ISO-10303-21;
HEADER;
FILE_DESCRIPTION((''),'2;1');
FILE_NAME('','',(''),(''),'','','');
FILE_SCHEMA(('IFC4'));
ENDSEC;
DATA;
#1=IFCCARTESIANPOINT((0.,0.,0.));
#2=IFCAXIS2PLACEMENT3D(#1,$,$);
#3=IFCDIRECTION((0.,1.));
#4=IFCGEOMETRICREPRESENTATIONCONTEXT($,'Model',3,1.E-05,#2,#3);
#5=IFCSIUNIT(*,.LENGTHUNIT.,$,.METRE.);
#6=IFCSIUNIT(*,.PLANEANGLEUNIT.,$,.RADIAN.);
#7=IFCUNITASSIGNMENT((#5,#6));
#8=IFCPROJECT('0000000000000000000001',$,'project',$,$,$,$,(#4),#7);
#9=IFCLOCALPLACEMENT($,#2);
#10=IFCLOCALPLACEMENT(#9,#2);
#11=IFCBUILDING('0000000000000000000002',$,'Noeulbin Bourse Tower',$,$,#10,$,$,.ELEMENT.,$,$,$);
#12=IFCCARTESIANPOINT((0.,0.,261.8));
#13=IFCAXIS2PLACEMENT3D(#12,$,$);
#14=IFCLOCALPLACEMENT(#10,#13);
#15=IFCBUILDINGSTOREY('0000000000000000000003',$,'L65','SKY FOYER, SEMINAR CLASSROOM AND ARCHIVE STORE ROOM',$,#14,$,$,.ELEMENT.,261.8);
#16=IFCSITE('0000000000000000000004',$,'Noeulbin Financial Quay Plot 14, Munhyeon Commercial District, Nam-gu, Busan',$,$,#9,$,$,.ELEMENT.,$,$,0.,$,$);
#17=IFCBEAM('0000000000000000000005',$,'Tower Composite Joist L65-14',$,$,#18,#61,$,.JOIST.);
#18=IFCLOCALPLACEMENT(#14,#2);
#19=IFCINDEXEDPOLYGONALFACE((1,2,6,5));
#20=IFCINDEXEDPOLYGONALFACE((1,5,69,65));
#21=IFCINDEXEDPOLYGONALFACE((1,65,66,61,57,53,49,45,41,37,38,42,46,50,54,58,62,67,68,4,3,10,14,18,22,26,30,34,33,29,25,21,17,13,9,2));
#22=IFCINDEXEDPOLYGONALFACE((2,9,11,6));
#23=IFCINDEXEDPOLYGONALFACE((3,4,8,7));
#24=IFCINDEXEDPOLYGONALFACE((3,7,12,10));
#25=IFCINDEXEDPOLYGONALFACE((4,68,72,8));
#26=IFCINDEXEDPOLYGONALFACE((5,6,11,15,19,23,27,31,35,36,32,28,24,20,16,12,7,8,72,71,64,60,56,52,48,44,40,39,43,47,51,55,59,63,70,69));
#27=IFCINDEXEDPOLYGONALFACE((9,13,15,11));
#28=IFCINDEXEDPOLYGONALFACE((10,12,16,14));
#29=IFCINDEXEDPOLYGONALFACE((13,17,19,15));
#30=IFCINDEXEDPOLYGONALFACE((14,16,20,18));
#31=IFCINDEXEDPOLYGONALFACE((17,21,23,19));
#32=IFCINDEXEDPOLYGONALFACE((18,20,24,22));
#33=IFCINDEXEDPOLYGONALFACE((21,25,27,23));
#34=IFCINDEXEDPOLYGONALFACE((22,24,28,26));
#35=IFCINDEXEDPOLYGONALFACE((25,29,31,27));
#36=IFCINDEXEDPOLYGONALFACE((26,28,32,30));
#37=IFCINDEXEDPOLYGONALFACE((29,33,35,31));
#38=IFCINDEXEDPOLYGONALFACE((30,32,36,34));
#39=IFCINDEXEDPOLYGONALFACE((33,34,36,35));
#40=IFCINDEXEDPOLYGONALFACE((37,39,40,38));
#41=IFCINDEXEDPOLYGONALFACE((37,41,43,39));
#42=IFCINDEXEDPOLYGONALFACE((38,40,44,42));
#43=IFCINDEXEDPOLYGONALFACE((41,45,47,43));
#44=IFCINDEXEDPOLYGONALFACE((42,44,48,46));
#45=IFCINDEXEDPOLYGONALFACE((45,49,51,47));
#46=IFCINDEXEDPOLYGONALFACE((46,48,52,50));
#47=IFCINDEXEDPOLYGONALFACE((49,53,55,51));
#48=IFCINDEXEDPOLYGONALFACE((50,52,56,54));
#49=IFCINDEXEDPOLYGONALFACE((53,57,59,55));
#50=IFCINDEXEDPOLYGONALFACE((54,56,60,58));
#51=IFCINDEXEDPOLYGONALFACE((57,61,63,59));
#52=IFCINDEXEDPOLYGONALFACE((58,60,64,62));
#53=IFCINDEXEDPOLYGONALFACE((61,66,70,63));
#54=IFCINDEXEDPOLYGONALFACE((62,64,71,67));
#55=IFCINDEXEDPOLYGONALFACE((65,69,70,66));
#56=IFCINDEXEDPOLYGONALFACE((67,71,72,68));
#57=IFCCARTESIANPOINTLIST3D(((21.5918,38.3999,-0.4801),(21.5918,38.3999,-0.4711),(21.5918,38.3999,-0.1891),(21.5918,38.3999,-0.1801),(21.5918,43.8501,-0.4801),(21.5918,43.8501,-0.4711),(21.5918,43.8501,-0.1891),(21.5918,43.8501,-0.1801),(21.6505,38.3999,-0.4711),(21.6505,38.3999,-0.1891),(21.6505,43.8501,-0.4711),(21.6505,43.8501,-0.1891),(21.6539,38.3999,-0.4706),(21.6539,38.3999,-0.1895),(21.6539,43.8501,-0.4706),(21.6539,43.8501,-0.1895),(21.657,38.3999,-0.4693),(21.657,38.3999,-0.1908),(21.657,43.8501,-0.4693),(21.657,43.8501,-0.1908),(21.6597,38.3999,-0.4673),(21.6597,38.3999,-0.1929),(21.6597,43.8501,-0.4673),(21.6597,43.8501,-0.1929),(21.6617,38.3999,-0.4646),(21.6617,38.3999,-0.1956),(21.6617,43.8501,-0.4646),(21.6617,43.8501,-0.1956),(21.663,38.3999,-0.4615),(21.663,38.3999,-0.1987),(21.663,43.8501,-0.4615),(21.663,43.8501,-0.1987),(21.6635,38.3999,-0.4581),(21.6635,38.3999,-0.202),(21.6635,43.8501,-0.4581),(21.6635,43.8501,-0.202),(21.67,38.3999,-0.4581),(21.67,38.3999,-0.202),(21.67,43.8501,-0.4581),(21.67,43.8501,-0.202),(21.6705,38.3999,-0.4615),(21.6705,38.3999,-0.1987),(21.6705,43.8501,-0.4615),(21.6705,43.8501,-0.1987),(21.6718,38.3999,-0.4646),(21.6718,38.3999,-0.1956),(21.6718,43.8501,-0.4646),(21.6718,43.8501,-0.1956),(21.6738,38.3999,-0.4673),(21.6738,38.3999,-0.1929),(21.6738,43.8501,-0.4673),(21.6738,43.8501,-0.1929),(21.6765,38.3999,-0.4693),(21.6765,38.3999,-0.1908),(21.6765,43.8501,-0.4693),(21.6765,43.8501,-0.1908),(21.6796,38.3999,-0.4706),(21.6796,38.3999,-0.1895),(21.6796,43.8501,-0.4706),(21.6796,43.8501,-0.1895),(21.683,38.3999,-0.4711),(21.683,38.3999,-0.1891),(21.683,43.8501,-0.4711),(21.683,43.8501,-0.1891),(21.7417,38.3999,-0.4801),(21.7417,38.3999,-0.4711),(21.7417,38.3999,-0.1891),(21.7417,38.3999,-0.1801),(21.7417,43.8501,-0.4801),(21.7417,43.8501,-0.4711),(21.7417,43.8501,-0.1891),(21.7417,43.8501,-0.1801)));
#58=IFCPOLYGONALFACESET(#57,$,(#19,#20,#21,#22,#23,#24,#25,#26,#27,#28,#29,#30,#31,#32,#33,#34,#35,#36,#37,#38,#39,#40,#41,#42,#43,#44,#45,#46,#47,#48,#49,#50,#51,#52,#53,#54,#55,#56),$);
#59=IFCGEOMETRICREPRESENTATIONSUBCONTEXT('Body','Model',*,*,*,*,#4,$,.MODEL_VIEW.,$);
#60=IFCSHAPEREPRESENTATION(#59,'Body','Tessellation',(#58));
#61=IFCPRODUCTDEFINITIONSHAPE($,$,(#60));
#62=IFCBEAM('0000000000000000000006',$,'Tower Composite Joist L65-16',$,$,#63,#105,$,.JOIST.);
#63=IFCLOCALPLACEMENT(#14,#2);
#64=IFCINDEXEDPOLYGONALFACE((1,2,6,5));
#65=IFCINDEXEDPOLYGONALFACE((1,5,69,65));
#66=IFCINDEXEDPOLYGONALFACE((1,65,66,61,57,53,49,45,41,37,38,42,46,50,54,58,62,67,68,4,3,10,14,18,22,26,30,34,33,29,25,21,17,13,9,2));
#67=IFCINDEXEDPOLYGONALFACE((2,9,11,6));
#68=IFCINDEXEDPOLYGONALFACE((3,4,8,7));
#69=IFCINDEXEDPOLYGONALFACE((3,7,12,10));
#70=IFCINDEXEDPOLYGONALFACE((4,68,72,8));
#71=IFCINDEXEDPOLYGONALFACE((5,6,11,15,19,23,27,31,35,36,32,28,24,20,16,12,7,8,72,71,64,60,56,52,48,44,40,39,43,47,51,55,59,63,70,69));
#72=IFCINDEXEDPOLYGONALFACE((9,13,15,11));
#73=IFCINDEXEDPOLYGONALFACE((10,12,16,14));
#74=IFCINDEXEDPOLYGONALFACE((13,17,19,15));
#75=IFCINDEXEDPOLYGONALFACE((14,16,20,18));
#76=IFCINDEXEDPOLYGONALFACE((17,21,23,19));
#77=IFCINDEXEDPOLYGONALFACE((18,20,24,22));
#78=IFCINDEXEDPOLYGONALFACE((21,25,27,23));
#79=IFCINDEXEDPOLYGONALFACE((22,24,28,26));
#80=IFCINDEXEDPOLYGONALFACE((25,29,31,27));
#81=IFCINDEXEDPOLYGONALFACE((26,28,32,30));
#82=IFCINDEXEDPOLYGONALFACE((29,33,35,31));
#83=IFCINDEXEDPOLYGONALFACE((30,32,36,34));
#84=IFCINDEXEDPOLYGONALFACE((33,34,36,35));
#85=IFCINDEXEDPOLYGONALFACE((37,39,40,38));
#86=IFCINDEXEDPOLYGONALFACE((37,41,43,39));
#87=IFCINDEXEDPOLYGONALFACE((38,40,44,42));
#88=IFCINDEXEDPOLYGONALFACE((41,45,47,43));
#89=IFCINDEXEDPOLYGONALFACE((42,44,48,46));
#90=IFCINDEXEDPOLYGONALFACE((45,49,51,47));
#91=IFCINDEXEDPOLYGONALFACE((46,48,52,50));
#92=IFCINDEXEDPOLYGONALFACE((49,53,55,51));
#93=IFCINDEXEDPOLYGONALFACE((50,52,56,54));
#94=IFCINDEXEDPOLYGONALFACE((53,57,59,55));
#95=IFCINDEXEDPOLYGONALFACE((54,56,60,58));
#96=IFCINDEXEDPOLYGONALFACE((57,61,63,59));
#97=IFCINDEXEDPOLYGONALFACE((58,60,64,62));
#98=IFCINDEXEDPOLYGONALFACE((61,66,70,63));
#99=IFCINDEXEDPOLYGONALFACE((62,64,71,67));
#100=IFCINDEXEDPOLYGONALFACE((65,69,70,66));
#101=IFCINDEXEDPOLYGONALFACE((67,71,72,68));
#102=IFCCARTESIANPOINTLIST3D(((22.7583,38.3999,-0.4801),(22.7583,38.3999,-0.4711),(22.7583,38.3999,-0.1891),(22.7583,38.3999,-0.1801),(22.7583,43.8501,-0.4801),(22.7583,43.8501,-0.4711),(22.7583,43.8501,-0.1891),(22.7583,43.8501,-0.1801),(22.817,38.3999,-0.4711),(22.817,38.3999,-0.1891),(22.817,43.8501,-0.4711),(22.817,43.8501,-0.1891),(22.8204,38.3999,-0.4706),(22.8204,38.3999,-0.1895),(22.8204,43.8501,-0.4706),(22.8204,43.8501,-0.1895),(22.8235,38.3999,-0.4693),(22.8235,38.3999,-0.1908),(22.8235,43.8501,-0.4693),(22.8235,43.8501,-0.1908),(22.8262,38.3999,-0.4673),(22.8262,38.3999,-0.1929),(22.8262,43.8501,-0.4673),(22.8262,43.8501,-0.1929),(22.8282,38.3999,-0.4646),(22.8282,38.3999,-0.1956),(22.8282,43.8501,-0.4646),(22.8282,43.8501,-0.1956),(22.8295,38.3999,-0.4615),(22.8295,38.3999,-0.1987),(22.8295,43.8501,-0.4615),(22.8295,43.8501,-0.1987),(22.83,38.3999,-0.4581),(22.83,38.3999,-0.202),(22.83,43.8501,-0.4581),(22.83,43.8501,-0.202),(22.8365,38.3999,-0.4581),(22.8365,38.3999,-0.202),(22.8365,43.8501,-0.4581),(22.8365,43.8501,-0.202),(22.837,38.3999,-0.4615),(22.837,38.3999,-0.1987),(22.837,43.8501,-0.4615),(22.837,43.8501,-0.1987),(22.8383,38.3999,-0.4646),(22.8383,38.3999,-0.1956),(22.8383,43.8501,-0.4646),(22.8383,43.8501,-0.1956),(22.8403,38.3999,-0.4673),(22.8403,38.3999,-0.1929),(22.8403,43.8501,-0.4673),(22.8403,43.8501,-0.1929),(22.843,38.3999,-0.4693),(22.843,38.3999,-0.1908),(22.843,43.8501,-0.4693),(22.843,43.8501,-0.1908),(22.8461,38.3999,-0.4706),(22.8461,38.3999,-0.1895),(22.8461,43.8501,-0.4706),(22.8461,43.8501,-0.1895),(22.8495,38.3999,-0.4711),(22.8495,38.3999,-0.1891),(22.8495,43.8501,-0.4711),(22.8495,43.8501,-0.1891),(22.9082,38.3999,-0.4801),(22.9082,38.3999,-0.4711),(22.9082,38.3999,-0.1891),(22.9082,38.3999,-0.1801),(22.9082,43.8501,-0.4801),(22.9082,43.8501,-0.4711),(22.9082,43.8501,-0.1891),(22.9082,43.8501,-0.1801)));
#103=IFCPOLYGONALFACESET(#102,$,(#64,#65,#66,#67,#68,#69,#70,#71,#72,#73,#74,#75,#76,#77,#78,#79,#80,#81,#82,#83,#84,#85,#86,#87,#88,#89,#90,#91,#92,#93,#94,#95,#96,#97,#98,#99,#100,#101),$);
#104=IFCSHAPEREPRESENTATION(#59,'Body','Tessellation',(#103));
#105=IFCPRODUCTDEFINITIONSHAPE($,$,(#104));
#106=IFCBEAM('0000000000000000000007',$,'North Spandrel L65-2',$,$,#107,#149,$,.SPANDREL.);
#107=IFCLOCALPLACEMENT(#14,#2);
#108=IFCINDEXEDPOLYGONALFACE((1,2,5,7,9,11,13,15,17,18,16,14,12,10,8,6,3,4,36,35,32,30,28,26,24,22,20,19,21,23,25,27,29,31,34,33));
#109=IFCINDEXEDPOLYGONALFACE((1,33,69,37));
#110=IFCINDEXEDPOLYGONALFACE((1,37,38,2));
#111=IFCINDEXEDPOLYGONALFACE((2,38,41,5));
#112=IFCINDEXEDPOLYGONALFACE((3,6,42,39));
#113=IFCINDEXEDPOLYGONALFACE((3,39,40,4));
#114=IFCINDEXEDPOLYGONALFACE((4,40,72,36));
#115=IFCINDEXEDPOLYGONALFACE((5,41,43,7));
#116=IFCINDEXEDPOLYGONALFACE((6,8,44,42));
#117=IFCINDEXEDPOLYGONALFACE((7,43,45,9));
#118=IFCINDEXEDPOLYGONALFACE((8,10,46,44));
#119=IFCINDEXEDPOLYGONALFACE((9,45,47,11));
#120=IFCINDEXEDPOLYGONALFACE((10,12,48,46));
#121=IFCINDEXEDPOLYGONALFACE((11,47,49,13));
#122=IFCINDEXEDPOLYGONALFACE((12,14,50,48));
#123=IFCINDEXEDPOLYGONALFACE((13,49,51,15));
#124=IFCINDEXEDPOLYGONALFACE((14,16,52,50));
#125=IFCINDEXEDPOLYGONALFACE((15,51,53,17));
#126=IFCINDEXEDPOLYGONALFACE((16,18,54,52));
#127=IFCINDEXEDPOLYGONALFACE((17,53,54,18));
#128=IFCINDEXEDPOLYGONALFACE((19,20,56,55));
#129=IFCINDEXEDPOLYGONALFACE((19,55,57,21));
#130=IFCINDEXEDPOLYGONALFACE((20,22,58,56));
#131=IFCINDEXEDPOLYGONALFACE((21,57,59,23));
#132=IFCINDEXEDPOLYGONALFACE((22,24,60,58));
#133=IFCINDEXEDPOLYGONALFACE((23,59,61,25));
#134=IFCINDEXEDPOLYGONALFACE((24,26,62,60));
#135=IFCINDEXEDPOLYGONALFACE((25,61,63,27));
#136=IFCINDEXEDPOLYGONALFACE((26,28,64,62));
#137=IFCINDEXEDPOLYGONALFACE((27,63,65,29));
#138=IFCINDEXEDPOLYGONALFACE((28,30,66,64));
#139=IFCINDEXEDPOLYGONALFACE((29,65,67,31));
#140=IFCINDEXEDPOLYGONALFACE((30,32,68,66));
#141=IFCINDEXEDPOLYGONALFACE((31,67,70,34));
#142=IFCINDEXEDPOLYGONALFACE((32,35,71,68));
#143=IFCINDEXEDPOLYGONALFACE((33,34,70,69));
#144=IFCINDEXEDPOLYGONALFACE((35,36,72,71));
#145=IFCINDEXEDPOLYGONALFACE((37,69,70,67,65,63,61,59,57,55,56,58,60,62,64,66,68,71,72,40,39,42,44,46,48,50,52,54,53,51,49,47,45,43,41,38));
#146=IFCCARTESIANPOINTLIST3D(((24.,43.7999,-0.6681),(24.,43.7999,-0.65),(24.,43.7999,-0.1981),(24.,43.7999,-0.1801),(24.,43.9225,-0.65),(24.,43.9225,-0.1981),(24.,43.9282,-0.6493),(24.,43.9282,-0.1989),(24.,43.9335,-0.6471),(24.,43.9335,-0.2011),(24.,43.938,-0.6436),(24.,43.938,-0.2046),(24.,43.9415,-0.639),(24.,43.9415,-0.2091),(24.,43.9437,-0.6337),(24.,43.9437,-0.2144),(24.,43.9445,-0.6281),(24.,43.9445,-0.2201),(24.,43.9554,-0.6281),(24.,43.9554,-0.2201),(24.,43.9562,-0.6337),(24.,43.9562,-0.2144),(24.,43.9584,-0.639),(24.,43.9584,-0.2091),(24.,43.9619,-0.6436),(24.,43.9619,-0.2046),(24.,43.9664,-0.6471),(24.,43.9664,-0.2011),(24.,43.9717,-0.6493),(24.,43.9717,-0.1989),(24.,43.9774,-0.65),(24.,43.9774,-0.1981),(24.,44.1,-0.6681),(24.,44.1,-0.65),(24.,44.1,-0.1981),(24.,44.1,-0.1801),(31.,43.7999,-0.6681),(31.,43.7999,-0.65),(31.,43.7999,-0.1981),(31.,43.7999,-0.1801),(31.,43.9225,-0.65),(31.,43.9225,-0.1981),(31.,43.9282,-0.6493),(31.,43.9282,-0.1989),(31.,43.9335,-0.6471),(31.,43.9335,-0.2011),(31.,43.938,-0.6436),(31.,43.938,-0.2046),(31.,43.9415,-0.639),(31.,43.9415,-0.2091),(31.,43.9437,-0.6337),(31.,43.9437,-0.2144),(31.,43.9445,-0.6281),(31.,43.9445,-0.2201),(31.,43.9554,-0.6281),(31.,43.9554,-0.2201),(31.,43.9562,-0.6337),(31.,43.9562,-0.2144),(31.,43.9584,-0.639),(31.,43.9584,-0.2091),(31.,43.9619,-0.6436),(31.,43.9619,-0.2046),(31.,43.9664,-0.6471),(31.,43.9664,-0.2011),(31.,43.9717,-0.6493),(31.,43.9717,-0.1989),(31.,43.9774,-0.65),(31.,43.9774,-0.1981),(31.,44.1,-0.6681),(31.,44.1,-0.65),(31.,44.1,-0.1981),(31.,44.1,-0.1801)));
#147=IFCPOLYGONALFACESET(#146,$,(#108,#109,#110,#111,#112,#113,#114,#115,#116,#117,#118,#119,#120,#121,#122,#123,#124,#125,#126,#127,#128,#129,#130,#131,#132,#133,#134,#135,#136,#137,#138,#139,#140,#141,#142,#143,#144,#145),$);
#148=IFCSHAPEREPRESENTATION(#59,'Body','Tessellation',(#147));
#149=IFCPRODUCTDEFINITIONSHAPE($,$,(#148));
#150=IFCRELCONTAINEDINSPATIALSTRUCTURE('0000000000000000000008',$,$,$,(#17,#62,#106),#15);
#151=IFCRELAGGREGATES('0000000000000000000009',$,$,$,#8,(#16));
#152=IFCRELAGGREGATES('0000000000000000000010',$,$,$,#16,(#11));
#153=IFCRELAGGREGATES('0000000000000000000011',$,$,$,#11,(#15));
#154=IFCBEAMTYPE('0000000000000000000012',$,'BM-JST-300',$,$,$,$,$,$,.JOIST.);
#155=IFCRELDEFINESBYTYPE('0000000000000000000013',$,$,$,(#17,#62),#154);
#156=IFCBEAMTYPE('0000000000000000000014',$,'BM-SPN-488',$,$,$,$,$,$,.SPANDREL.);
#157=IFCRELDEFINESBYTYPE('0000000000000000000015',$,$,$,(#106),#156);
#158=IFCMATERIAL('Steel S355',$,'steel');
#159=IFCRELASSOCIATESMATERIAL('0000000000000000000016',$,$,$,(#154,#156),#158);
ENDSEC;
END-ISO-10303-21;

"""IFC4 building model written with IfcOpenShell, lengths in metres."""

from ifc_helpers import new_model, si_unit, direction, frame, origin, origin_2d, place, context, subcontext, project, spatial, i_section, extrude, material, material_profile, profile_set, type_object, element, save


model = new_model("IFC4")

# Units and contexts
model_context = context("Model", 3, precision=1e-05, world=origin(), true_north=direction((0.0, 1.0)))
body_context = subcontext(model_context, "Body", "Model", "MODEL_VIEW")
ifc_project = project(units=[si_unit("LENGTHUNIT", "METRE"), si_unit("PLANEANGLEUNIT", "RADIAN")], contexts=[model_context])

# Site, building, storey
site_placement = place(None, origin())
site = spatial("IfcSite", under=ifc_project, at=site_placement, Name="Noeulbin Financial Quay Plot 14, Munhyeon Commercial District, Nam-gu, Busan", CompositionType="ELEMENT", RefElevation=0.0)
building_placement = place(site_placement, origin())
building = spatial("IfcBuilding", under=site, at=building_placement, Name="Noeulbin Bourse Tower", CompositionType="ELEMENT")
storey_placement = place(building_placement, frame((0.0, 0.0, 261.8)))
storey = spatial("IfcBuildingStorey", under=building, at=storey_placement, Name="L65", Description="SKY FOYER, SEMINAR CLASSROOM AND ARCHIVE STORE ROOM", CompositionType="ELEMENT", Elevation=261.8)

# Shared definitions
ifc_material_1 = material(Name="Steel S355", Category="steel")

# Beams
ifc_material_profile_1 = material_profile(ifc_material_1, i_section(OverallWidth=0.1499, OverallDepth=0.3, WebThickness=0.0066, FlangeThickness=0.009, FilletRadius=0.0129, at=origin_2d()), Name="H-300x150x6.5x9", Category="LoadBearing")
ifc_profile_set_1 = profile_set([ifc_material_profile_1], Name="Steel S355")
beam_type_1 = type_object("IfcBeamType", Name="BM-JST-300", PredefinedType="JOIST", material=ifc_profile_set_1)
for number, where, z_axis, x_axis, name in (
    (1, (21.6667, 38.3999, -0.3301), (0.0, 1.0, 0.0), (-1.0, 0.0, 0.0), "Tower Composite Joist L65-14"),
    (2, (22.8333, 38.3999, -0.3301), (0.0, 1.0, 0.0), (-1.0, 0.0, 0.0), "Tower Composite Joist L65-16"),
):
    element("IfcBeam", number, at=place(storey_placement, frame(where, z_axis=z_axis, x_axis=x_axis)), inside=storey, type_object=beam_type_1, Name=name, PredefinedType="JOIST", context=body_context, shape_type="SweptSolid", body=[
        extrude(i_section(OverallWidth=0.1499, OverallDepth=0.3, WebThickness=0.0066, FlangeThickness=0.009, FilletRadius=0.0129, at=origin_2d()), origin(), (0.0, 0.0, 1.0), 5.4502),
    ])
ifc_material_profile_2 = material_profile(ifc_material_1, i_section(OverallWidth=0.3, OverallDepth=0.488, WebThickness=0.011, FlangeThickness=0.0181, FilletRadius=0.022, at=origin_2d()), Name="H-488x300x11x18", Category="LoadBearing")
ifc_profile_set_2 = profile_set([ifc_material_profile_2], Name="Steel S355")
beam_type_2 = type_object("IfcBeamType", Name="BM-SPN-488", PredefinedType="SPANDREL", material=ifc_profile_set_2)
beam_1_placement = place(storey_placement, frame((24.0, 43.95, -0.4241), z_axis=(1.0, 0.0, 0.0), x_axis=(0.0, 1.0, 0.0)))
element("IfcBeam", 3, at=beam_1_placement, inside=storey, type_object=beam_type_2, Name="North Spandrel L65-2", PredefinedType="SPANDREL", context=body_context, shape_type="SweptSolid", body=[
    extrude(i_section(OverallWidth=0.3, OverallDepth=0.488, WebThickness=0.011, FlangeThickness=0.0181, FilletRadius=0.022, at=origin_2d()), origin(), (0.0, 0.0, 1.0), 7.0),
])

save(model, "model.ifc")
